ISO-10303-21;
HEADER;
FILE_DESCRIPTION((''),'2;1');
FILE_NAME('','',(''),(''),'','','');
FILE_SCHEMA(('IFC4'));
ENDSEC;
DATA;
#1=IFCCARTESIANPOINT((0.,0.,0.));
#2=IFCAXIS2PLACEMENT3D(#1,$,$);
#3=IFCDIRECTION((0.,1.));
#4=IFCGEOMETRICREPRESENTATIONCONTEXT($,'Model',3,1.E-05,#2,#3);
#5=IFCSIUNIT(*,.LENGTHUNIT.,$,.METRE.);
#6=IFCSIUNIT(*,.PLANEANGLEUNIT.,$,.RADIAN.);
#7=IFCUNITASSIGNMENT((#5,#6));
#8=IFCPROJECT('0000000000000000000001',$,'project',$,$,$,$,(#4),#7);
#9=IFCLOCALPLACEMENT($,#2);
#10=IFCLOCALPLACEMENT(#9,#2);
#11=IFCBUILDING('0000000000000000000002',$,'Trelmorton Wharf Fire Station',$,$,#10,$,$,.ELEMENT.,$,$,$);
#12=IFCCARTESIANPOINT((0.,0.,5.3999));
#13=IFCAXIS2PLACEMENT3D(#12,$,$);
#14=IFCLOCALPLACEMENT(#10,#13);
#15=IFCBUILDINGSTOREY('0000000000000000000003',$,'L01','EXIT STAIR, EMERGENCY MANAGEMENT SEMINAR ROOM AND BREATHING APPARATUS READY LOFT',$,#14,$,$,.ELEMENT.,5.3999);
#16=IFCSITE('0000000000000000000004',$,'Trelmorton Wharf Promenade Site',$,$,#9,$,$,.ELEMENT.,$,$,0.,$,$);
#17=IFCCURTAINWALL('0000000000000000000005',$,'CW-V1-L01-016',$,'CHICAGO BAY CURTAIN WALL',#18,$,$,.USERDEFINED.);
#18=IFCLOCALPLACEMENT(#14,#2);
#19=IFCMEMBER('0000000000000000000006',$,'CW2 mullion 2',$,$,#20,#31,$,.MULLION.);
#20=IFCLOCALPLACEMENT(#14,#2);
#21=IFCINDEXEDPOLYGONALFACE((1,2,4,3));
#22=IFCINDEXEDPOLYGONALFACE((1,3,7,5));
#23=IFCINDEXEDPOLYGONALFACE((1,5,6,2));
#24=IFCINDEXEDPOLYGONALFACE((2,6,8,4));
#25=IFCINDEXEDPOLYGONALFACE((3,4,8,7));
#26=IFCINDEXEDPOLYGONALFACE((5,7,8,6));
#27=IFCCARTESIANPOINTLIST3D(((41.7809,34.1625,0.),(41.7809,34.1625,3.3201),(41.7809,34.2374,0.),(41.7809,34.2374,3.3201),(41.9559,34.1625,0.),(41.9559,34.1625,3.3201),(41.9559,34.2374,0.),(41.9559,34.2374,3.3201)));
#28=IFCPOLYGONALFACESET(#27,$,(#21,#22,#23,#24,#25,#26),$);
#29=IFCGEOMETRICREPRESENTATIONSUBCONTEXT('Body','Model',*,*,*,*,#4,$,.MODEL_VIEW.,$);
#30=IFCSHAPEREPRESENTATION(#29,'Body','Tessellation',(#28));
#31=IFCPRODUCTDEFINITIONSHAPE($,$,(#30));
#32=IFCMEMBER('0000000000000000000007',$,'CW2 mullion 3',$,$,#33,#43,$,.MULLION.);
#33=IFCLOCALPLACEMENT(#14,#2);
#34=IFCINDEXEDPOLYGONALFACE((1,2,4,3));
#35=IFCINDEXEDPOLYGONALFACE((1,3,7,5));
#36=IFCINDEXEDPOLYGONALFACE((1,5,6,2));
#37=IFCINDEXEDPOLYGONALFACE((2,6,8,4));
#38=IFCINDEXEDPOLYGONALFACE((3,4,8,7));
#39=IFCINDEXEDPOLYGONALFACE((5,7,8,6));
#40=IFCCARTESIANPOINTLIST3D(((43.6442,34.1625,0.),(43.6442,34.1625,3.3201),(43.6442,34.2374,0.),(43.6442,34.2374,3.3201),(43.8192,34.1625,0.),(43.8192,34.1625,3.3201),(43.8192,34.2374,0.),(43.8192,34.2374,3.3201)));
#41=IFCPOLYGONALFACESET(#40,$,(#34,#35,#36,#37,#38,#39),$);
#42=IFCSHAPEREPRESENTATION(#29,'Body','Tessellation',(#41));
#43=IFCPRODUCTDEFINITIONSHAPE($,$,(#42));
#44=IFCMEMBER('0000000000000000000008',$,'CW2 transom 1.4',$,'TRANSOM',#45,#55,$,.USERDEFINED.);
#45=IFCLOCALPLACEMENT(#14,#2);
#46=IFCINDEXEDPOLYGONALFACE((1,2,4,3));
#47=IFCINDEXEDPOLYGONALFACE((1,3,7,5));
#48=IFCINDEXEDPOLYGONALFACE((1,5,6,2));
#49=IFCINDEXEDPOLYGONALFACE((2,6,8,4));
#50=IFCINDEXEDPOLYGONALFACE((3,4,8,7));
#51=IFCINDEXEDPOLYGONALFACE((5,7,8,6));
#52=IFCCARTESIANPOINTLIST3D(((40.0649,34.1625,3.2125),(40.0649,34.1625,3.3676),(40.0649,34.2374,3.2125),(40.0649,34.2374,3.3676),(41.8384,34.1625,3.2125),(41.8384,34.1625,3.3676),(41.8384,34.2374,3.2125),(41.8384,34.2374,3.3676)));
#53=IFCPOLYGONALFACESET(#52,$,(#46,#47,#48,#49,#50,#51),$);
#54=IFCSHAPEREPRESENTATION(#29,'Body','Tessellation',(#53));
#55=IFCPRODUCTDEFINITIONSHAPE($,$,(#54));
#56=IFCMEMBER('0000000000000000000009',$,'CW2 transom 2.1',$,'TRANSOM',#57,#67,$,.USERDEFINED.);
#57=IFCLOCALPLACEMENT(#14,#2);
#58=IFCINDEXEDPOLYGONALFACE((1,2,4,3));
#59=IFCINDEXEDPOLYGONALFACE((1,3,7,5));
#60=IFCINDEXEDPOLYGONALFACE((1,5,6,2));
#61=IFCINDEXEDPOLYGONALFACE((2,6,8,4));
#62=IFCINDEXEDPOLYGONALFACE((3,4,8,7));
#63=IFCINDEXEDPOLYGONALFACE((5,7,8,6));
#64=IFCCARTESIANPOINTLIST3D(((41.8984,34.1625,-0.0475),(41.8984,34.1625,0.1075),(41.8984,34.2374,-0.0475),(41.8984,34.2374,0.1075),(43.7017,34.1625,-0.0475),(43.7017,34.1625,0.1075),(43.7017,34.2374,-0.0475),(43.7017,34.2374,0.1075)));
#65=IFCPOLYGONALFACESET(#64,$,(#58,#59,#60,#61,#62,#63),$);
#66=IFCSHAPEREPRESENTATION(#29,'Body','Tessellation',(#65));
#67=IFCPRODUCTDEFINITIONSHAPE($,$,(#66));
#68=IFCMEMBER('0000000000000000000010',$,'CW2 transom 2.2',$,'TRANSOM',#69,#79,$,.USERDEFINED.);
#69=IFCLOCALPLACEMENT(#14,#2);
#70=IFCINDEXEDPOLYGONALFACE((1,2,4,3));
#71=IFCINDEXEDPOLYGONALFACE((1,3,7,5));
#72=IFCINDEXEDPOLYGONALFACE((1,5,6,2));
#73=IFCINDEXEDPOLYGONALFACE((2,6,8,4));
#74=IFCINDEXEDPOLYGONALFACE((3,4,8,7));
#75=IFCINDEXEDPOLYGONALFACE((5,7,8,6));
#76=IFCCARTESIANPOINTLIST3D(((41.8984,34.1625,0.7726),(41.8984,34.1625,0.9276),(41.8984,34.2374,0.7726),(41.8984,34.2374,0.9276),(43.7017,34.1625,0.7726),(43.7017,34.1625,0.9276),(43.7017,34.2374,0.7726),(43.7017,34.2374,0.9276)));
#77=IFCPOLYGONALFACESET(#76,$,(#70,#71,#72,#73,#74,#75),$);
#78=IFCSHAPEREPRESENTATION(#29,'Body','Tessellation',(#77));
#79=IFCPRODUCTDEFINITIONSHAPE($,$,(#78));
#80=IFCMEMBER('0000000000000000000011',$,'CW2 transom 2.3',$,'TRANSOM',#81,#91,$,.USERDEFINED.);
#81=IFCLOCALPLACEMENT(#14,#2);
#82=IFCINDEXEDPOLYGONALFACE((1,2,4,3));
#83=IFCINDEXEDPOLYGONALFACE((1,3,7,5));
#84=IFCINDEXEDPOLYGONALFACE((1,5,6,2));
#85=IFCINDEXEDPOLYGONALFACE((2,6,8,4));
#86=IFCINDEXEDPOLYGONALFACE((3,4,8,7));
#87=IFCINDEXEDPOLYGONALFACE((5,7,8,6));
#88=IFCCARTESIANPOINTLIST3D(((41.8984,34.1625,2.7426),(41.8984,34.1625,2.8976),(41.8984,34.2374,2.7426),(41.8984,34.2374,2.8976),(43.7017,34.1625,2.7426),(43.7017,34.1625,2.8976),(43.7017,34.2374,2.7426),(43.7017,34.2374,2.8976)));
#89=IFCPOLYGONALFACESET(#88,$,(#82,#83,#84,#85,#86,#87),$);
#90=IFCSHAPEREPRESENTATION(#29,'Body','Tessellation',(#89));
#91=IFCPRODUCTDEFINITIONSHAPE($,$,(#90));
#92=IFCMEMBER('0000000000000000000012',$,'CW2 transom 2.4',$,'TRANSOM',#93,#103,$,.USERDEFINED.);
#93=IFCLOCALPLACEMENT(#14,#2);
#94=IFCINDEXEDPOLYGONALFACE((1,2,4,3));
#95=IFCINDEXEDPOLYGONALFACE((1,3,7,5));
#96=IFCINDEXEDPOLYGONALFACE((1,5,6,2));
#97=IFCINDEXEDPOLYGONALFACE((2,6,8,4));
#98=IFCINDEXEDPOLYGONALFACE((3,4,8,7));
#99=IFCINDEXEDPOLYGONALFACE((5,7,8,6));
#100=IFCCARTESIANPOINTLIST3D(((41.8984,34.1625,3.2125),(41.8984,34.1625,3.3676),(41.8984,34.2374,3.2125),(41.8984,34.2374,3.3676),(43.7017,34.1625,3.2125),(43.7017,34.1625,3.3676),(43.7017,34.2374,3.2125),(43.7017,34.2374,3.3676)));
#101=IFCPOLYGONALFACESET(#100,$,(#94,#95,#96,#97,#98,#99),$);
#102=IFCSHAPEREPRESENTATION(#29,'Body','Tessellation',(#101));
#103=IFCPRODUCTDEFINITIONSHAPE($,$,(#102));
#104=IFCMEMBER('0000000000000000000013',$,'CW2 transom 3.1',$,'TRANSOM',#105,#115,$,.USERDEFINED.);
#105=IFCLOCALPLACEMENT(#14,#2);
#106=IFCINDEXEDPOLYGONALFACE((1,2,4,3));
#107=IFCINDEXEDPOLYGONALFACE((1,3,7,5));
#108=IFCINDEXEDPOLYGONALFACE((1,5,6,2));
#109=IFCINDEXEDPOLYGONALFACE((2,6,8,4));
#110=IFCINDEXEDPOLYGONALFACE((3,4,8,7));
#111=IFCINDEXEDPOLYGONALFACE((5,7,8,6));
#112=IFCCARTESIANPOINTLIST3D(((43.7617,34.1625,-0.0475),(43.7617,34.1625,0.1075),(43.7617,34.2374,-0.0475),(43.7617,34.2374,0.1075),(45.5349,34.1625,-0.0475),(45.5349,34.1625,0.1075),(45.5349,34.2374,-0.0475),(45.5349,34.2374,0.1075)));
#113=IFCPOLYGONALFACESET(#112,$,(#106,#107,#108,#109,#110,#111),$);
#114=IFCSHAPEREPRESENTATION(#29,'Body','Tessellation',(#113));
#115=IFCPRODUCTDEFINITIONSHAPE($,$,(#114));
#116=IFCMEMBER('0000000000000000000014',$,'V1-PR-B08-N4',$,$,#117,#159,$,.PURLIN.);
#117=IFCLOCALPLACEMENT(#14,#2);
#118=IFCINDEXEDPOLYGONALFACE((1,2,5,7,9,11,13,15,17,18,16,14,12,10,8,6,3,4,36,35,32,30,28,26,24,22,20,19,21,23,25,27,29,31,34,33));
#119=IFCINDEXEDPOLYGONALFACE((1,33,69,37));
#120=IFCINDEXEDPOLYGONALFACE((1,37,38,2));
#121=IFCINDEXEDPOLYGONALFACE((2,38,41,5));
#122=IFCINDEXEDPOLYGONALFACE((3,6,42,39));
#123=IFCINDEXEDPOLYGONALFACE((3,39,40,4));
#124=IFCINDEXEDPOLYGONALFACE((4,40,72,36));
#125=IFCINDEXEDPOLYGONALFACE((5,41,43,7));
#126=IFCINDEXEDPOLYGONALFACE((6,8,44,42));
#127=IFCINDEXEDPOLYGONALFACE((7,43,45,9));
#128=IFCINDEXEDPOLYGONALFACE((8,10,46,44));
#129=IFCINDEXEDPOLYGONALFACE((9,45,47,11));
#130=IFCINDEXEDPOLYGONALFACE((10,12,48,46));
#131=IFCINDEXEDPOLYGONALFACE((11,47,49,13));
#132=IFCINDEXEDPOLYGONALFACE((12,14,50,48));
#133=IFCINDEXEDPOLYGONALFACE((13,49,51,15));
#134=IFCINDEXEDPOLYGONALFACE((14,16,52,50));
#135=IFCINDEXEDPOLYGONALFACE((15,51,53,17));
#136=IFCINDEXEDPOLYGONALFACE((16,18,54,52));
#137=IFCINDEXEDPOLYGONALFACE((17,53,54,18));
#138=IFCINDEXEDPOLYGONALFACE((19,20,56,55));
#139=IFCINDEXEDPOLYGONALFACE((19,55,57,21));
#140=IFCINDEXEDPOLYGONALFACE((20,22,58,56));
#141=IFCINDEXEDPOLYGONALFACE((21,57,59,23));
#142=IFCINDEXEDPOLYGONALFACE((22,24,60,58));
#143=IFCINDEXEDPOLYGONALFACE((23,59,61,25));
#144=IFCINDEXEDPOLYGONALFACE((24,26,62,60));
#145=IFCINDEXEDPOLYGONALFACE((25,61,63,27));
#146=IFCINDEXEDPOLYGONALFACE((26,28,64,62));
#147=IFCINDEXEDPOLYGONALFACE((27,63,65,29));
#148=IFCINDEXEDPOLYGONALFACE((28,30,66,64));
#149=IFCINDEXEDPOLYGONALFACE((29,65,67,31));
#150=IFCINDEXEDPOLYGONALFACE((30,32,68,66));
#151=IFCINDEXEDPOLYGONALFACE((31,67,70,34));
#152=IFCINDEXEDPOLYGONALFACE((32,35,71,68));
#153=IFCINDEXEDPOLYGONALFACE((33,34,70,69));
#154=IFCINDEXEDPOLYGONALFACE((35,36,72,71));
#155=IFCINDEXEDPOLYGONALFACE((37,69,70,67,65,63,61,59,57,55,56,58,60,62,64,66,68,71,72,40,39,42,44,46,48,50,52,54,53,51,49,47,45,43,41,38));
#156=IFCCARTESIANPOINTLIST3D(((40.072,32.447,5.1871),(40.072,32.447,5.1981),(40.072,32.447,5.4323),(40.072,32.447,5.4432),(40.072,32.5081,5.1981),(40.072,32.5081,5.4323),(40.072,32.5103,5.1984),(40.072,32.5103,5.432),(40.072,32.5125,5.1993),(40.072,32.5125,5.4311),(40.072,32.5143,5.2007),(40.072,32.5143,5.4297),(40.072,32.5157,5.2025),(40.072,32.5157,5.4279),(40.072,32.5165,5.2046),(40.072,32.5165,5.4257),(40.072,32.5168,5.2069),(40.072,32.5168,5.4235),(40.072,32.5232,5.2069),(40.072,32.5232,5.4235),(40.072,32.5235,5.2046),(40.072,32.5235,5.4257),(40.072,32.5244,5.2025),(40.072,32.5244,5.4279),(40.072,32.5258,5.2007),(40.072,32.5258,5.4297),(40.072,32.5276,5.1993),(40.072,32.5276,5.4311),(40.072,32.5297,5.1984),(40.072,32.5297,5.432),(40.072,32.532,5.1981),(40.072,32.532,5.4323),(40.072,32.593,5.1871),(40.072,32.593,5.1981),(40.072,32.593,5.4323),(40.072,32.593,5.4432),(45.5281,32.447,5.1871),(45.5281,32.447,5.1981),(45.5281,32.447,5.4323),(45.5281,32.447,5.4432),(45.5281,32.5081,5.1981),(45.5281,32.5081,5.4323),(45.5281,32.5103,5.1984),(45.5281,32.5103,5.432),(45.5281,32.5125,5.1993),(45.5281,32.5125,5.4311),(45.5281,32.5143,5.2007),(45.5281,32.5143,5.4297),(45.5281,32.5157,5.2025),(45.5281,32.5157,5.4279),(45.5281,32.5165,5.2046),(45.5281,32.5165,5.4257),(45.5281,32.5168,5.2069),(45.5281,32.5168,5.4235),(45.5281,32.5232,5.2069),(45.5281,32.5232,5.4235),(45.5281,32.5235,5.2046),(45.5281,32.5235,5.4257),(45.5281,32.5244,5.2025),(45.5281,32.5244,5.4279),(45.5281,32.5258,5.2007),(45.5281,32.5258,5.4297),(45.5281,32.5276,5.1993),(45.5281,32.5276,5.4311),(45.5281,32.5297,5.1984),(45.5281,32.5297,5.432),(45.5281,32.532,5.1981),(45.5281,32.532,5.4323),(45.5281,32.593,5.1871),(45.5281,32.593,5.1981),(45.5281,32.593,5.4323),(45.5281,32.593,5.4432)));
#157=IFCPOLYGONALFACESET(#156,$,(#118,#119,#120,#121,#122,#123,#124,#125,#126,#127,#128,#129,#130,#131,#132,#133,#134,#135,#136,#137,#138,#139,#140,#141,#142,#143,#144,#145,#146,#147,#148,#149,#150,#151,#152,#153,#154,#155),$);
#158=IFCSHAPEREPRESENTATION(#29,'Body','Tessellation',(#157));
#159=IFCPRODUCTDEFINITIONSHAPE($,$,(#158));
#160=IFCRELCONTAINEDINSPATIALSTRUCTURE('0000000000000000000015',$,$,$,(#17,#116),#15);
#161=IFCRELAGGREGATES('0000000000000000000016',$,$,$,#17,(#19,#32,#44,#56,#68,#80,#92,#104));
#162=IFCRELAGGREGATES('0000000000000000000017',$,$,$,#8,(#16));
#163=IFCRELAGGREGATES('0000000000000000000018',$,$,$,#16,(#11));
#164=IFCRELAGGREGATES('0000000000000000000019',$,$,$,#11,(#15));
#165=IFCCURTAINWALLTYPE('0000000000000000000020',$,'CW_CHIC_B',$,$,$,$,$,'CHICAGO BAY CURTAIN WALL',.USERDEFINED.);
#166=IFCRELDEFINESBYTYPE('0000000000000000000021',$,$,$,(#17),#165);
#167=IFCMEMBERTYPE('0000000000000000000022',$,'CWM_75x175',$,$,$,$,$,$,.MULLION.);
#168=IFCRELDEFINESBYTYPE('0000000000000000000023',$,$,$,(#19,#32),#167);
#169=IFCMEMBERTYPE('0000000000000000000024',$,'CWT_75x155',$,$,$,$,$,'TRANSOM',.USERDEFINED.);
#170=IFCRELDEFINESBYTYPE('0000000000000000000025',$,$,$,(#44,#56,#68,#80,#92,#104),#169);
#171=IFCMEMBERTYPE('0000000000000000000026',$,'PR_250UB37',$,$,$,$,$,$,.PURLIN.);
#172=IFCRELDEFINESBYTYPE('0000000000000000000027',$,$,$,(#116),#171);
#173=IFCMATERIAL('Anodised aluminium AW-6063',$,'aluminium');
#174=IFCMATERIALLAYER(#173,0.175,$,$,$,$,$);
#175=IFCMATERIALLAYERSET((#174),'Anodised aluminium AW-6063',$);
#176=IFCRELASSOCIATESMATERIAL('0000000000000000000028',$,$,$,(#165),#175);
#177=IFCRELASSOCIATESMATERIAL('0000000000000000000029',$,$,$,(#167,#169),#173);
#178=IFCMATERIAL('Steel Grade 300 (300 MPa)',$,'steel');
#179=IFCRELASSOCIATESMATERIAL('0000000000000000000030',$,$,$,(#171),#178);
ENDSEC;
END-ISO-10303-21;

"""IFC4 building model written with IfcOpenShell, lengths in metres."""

from ifc_helpers import new_model, si_unit, direction, frame, origin, origin_2d, place, context, subcontext, project, spatial, rectangle, i_section, extrude, material, layer, layer_set, material_profile, profile_set, type_object, element, aggregate, save


model = new_model("IFC4")

# Units and contexts
model_context = context("Model", 3, precision=1e-05, world=origin(), true_north=direction((0.0, 1.0)))
body_context = subcontext(model_context, "Body", "Model", "MODEL_VIEW")
ifc_project = project(units=[si_unit("LENGTHUNIT", "METRE"), si_unit("PLANEANGLEUNIT", "RADIAN")], contexts=[model_context])

# Site, building, storey
site_placement = place(None, origin())
site = spatial("IfcSite", under=ifc_project, at=site_placement, Name="Trelmorton Wharf Promenade Site", CompositionType="ELEMENT", RefElevation=0.0)
building_placement = place(site_placement, origin())
building = spatial("IfcBuilding", under=site, at=building_placement, Name="Trelmorton Wharf Fire Station", CompositionType="ELEMENT")
storey_placement = place(building_placement, frame((0.0, 0.0, 5.3999)))
storey = spatial("IfcBuildingStorey", under=building, at=storey_placement, Name="L01", Description="EXIT STAIR, EMERGENCY MANAGEMENT SEMINAR ROOM AND BREATHING APPARATUS READY LOFT", CompositionType="ELEMENT", Elevation=5.3999)

# Curtain wall, members
ifc_material_1 = material(Name="Anodised aluminium AW-6063", Category="aluminium")
ifc_layer_1 = layer(ifc_material_1, 0.175)
ifc_layer_set_1 = layer_set([ifc_layer_1], Name="Anodised aluminium AW-6063")
curtain_wall_type = type_object("IfcCurtainWallType", Name="CW_CHIC_B", ElementType="CHICAGO BAY CURTAIN WALL", PredefinedType="USERDEFINED", material=ifc_layer_set_1)
curtain_wall_placement = place(storey_placement, origin())
curtain_wall = element("IfcCurtainWall", 1, at=curtain_wall_placement, inside=storey, type_object=curtain_wall_type, Name="CW-V1-L01-016", ObjectType="CHICAGO BAY CURTAIN WALL", PredefinedType="USERDEFINED")
ifc_material_profile_1 = material_profile(ifc_material_1, rectangle(XDim=0.075, YDim=0.175, at=origin_2d()), Name="ALU-75x175")
ifc_profile_set_1 = profile_set([ifc_material_profile_1], Name="Anodised aluminium AW-6063")
member_type_1 = type_object("IfcMemberType", Name="CWM_75x175", PredefinedType="MULLION", material=ifc_profile_set_1)
member_1_placement = place(storey_placement, frame((41.8684, 34.2, 0.0), z_axis=(0.0, 0.0, 1.0), x_axis=(0.0, 1.0, 0.0)))
member_1 = element("IfcMember", 2, at=member_1_placement, type_object=member_type_1, Name="CW2 mullion 2", PredefinedType="MULLION", context=body_context, shape_type="SweptSolid", body=[
    extrude(rectangle(XDim=0.075, YDim=0.175, at=origin_2d()), origin(), (0.0, 0.0, 1.0), 3.3201),
])
member_2_placement = place(storey_placement, frame((43.7317, 34.2, 0.0), z_axis=(0.0, 0.0, 1.0), x_axis=(0.0, 1.0, 0.0)))
member_2 = element("IfcMember", 3, at=member_2_placement, type_object=member_type_1, Name="CW2 mullion 3", PredefinedType="MULLION", context=body_context, shape_type="SweptSolid", body=[
    extrude(rectangle(XDim=0.075, YDim=0.175, at=origin_2d()), origin(), (0.0, 0.0, 1.0), 3.3201),
])
ifc_material_profile_2 = material_profile(ifc_material_1, rectangle(XDim=0.075, YDim=0.155, at=origin_2d()), Name="ALU-75x155")
ifc_profile_set_2 = profile_set([ifc_material_profile_2], Name="Anodised aluminium AW-6063")
member_type_2 = type_object("IfcMemberType", Name="CWT_75x155", ElementType="TRANSOM", PredefinedType="USERDEFINED", material=ifc_profile_set_2)
member_3_placement = place(storey_placement, frame((40.0649, 34.2, 3.29), z_axis=(1.0, 0.0, 0.0), x_axis=(0.0, 1.0, 0.0)))
member_3 = element("IfcMember", 4, at=member_3_placement, type_object=member_type_2, Name="CW2 transom 1.4", ObjectType="TRANSOM", PredefinedType="USERDEFINED", context=body_context, shape_type="SweptSolid", body=[
    extrude(rectangle(XDim=0.075, YDim=0.155, at=origin_2d()), origin(), (0.0, 0.0, 1.0), 1.7734),
])
member_4_placement = place(storey_placement, frame((41.8984, 34.2, 0.03), z_axis=(1.0, 0.0, 0.0), x_axis=(0.0, 1.0, 0.0)))
member_4 = element("IfcMember", 5, at=member_4_placement, type_object=member_type_2, Name="CW2 transom 2.1", ObjectType="TRANSOM", PredefinedType="USERDEFINED", context=body_context, shape_type="SweptSolid", body=[
    extrude(rectangle(XDim=0.075, YDim=0.155, at=origin_2d()), origin(), (0.0, 0.0, 1.0), 1.8032),
])
member_5_placement = place(storey_placement, frame((41.8984, 34.2, 0.8501), z_axis=(1.0, 0.0, 0.0), x_axis=(0.0, 1.0, 0.0)))
member_5 = element("IfcMember", 6, at=member_5_placement, type_object=member_type_2, Name="CW2 transom 2.2", ObjectType="TRANSOM", PredefinedType="USERDEFINED", context=body_context, shape_type="SweptSolid", body=[
    extrude(rectangle(XDim=0.075, YDim=0.155, at=origin_2d()), origin(), (0.0, 0.0, 1.0), 1.8032),
])
member_6_placement = place(storey_placement, frame((41.8984, 34.2, 2.8201), z_axis=(1.0, 0.0, 0.0), x_axis=(0.0, 1.0, 0.0)))
member_6 = element("IfcMember", 7, at=member_6_placement, type_object=member_type_2, Name="CW2 transom 2.3", ObjectType="TRANSOM", PredefinedType="USERDEFINED", context=body_context, shape_type="SweptSolid", body=[
    extrude(rectangle(XDim=0.075, YDim=0.155, at=origin_2d()), origin(), (0.0, 0.0, 1.0), 1.8032),
])
member_7_placement = place(storey_placement, frame((41.8984, 34.2, 3.29), z_axis=(1.0, 0.0, 0.0), x_axis=(0.0, 1.0, 0.0)))
member_7 = element("IfcMember", 8, at=member_7_placement, type_object=member_type_2, Name="CW2 transom 2.4", ObjectType="TRANSOM", PredefinedType="USERDEFINED", context=body_context, shape_type="SweptSolid", body=[
    extrude(rectangle(XDim=0.075, YDim=0.155, at=origin_2d()), origin(), (0.0, 0.0, 1.0), 1.8032),
])
member_8_placement = place(storey_placement, frame((43.7617, 34.2, 0.03), z_axis=(1.0, 0.0, 0.0), x_axis=(0.0, 1.0, 0.0)))
member_8 = element("IfcMember", 9, at=member_8_placement, type_object=member_type_2, Name="CW2 transom 3.1", ObjectType="TRANSOM", PredefinedType="USERDEFINED", context=body_context, shape_type="SweptSolid", body=[
    extrude(rectangle(XDim=0.075, YDim=0.155, at=origin_2d()), origin(), (0.0, 0.0, 1.0), 1.7732),
])

# Member
ifc_material_2 = material(Name="Steel Grade 300 (300 MPa)", Category="steel")
ifc_material_profile_3 = material_profile(ifc_material_2, i_section(OverallWidth=0.146, OverallDepth=0.2561, WebThickness=0.0063, FlangeThickness=0.011, FilletRadius=0.0088, at=origin_2d()), Name="250UB37.3")
ifc_profile_set_3 = profile_set([ifc_material_profile_3], Name="Steel Grade 300 (300 MPa)")
member_type_3 = type_object("IfcMemberType", Name="PR_250UB37", PredefinedType="PURLIN", material=ifc_profile_set_3)
member_9_placement = place(storey_placement, frame((40.072, 32.52, 5.3152), z_axis=(1.0, 0.0, 0.0), x_axis=(0.0, 1.0, 0.0)))
element("IfcMember", 10, at=member_9_placement, inside=storey, type_object=member_type_3, Name="V1-PR-B08-N4", PredefinedType="PURLIN", context=body_context, shape_type="SweptSolid", body=[
    extrude(i_section(OverallWidth=0.146, OverallDepth=0.2561, WebThickness=0.0063, FlangeThickness=0.011, FilletRadius=0.0088, at=origin_2d()), origin(), (0.0, 0.0, 1.0), 5.4561),
])

aggregate(curtain_wall, [member_1, member_2, member_3, member_4, member_5, member_6, member_7, member_8])

save(model, "model.ifc")
